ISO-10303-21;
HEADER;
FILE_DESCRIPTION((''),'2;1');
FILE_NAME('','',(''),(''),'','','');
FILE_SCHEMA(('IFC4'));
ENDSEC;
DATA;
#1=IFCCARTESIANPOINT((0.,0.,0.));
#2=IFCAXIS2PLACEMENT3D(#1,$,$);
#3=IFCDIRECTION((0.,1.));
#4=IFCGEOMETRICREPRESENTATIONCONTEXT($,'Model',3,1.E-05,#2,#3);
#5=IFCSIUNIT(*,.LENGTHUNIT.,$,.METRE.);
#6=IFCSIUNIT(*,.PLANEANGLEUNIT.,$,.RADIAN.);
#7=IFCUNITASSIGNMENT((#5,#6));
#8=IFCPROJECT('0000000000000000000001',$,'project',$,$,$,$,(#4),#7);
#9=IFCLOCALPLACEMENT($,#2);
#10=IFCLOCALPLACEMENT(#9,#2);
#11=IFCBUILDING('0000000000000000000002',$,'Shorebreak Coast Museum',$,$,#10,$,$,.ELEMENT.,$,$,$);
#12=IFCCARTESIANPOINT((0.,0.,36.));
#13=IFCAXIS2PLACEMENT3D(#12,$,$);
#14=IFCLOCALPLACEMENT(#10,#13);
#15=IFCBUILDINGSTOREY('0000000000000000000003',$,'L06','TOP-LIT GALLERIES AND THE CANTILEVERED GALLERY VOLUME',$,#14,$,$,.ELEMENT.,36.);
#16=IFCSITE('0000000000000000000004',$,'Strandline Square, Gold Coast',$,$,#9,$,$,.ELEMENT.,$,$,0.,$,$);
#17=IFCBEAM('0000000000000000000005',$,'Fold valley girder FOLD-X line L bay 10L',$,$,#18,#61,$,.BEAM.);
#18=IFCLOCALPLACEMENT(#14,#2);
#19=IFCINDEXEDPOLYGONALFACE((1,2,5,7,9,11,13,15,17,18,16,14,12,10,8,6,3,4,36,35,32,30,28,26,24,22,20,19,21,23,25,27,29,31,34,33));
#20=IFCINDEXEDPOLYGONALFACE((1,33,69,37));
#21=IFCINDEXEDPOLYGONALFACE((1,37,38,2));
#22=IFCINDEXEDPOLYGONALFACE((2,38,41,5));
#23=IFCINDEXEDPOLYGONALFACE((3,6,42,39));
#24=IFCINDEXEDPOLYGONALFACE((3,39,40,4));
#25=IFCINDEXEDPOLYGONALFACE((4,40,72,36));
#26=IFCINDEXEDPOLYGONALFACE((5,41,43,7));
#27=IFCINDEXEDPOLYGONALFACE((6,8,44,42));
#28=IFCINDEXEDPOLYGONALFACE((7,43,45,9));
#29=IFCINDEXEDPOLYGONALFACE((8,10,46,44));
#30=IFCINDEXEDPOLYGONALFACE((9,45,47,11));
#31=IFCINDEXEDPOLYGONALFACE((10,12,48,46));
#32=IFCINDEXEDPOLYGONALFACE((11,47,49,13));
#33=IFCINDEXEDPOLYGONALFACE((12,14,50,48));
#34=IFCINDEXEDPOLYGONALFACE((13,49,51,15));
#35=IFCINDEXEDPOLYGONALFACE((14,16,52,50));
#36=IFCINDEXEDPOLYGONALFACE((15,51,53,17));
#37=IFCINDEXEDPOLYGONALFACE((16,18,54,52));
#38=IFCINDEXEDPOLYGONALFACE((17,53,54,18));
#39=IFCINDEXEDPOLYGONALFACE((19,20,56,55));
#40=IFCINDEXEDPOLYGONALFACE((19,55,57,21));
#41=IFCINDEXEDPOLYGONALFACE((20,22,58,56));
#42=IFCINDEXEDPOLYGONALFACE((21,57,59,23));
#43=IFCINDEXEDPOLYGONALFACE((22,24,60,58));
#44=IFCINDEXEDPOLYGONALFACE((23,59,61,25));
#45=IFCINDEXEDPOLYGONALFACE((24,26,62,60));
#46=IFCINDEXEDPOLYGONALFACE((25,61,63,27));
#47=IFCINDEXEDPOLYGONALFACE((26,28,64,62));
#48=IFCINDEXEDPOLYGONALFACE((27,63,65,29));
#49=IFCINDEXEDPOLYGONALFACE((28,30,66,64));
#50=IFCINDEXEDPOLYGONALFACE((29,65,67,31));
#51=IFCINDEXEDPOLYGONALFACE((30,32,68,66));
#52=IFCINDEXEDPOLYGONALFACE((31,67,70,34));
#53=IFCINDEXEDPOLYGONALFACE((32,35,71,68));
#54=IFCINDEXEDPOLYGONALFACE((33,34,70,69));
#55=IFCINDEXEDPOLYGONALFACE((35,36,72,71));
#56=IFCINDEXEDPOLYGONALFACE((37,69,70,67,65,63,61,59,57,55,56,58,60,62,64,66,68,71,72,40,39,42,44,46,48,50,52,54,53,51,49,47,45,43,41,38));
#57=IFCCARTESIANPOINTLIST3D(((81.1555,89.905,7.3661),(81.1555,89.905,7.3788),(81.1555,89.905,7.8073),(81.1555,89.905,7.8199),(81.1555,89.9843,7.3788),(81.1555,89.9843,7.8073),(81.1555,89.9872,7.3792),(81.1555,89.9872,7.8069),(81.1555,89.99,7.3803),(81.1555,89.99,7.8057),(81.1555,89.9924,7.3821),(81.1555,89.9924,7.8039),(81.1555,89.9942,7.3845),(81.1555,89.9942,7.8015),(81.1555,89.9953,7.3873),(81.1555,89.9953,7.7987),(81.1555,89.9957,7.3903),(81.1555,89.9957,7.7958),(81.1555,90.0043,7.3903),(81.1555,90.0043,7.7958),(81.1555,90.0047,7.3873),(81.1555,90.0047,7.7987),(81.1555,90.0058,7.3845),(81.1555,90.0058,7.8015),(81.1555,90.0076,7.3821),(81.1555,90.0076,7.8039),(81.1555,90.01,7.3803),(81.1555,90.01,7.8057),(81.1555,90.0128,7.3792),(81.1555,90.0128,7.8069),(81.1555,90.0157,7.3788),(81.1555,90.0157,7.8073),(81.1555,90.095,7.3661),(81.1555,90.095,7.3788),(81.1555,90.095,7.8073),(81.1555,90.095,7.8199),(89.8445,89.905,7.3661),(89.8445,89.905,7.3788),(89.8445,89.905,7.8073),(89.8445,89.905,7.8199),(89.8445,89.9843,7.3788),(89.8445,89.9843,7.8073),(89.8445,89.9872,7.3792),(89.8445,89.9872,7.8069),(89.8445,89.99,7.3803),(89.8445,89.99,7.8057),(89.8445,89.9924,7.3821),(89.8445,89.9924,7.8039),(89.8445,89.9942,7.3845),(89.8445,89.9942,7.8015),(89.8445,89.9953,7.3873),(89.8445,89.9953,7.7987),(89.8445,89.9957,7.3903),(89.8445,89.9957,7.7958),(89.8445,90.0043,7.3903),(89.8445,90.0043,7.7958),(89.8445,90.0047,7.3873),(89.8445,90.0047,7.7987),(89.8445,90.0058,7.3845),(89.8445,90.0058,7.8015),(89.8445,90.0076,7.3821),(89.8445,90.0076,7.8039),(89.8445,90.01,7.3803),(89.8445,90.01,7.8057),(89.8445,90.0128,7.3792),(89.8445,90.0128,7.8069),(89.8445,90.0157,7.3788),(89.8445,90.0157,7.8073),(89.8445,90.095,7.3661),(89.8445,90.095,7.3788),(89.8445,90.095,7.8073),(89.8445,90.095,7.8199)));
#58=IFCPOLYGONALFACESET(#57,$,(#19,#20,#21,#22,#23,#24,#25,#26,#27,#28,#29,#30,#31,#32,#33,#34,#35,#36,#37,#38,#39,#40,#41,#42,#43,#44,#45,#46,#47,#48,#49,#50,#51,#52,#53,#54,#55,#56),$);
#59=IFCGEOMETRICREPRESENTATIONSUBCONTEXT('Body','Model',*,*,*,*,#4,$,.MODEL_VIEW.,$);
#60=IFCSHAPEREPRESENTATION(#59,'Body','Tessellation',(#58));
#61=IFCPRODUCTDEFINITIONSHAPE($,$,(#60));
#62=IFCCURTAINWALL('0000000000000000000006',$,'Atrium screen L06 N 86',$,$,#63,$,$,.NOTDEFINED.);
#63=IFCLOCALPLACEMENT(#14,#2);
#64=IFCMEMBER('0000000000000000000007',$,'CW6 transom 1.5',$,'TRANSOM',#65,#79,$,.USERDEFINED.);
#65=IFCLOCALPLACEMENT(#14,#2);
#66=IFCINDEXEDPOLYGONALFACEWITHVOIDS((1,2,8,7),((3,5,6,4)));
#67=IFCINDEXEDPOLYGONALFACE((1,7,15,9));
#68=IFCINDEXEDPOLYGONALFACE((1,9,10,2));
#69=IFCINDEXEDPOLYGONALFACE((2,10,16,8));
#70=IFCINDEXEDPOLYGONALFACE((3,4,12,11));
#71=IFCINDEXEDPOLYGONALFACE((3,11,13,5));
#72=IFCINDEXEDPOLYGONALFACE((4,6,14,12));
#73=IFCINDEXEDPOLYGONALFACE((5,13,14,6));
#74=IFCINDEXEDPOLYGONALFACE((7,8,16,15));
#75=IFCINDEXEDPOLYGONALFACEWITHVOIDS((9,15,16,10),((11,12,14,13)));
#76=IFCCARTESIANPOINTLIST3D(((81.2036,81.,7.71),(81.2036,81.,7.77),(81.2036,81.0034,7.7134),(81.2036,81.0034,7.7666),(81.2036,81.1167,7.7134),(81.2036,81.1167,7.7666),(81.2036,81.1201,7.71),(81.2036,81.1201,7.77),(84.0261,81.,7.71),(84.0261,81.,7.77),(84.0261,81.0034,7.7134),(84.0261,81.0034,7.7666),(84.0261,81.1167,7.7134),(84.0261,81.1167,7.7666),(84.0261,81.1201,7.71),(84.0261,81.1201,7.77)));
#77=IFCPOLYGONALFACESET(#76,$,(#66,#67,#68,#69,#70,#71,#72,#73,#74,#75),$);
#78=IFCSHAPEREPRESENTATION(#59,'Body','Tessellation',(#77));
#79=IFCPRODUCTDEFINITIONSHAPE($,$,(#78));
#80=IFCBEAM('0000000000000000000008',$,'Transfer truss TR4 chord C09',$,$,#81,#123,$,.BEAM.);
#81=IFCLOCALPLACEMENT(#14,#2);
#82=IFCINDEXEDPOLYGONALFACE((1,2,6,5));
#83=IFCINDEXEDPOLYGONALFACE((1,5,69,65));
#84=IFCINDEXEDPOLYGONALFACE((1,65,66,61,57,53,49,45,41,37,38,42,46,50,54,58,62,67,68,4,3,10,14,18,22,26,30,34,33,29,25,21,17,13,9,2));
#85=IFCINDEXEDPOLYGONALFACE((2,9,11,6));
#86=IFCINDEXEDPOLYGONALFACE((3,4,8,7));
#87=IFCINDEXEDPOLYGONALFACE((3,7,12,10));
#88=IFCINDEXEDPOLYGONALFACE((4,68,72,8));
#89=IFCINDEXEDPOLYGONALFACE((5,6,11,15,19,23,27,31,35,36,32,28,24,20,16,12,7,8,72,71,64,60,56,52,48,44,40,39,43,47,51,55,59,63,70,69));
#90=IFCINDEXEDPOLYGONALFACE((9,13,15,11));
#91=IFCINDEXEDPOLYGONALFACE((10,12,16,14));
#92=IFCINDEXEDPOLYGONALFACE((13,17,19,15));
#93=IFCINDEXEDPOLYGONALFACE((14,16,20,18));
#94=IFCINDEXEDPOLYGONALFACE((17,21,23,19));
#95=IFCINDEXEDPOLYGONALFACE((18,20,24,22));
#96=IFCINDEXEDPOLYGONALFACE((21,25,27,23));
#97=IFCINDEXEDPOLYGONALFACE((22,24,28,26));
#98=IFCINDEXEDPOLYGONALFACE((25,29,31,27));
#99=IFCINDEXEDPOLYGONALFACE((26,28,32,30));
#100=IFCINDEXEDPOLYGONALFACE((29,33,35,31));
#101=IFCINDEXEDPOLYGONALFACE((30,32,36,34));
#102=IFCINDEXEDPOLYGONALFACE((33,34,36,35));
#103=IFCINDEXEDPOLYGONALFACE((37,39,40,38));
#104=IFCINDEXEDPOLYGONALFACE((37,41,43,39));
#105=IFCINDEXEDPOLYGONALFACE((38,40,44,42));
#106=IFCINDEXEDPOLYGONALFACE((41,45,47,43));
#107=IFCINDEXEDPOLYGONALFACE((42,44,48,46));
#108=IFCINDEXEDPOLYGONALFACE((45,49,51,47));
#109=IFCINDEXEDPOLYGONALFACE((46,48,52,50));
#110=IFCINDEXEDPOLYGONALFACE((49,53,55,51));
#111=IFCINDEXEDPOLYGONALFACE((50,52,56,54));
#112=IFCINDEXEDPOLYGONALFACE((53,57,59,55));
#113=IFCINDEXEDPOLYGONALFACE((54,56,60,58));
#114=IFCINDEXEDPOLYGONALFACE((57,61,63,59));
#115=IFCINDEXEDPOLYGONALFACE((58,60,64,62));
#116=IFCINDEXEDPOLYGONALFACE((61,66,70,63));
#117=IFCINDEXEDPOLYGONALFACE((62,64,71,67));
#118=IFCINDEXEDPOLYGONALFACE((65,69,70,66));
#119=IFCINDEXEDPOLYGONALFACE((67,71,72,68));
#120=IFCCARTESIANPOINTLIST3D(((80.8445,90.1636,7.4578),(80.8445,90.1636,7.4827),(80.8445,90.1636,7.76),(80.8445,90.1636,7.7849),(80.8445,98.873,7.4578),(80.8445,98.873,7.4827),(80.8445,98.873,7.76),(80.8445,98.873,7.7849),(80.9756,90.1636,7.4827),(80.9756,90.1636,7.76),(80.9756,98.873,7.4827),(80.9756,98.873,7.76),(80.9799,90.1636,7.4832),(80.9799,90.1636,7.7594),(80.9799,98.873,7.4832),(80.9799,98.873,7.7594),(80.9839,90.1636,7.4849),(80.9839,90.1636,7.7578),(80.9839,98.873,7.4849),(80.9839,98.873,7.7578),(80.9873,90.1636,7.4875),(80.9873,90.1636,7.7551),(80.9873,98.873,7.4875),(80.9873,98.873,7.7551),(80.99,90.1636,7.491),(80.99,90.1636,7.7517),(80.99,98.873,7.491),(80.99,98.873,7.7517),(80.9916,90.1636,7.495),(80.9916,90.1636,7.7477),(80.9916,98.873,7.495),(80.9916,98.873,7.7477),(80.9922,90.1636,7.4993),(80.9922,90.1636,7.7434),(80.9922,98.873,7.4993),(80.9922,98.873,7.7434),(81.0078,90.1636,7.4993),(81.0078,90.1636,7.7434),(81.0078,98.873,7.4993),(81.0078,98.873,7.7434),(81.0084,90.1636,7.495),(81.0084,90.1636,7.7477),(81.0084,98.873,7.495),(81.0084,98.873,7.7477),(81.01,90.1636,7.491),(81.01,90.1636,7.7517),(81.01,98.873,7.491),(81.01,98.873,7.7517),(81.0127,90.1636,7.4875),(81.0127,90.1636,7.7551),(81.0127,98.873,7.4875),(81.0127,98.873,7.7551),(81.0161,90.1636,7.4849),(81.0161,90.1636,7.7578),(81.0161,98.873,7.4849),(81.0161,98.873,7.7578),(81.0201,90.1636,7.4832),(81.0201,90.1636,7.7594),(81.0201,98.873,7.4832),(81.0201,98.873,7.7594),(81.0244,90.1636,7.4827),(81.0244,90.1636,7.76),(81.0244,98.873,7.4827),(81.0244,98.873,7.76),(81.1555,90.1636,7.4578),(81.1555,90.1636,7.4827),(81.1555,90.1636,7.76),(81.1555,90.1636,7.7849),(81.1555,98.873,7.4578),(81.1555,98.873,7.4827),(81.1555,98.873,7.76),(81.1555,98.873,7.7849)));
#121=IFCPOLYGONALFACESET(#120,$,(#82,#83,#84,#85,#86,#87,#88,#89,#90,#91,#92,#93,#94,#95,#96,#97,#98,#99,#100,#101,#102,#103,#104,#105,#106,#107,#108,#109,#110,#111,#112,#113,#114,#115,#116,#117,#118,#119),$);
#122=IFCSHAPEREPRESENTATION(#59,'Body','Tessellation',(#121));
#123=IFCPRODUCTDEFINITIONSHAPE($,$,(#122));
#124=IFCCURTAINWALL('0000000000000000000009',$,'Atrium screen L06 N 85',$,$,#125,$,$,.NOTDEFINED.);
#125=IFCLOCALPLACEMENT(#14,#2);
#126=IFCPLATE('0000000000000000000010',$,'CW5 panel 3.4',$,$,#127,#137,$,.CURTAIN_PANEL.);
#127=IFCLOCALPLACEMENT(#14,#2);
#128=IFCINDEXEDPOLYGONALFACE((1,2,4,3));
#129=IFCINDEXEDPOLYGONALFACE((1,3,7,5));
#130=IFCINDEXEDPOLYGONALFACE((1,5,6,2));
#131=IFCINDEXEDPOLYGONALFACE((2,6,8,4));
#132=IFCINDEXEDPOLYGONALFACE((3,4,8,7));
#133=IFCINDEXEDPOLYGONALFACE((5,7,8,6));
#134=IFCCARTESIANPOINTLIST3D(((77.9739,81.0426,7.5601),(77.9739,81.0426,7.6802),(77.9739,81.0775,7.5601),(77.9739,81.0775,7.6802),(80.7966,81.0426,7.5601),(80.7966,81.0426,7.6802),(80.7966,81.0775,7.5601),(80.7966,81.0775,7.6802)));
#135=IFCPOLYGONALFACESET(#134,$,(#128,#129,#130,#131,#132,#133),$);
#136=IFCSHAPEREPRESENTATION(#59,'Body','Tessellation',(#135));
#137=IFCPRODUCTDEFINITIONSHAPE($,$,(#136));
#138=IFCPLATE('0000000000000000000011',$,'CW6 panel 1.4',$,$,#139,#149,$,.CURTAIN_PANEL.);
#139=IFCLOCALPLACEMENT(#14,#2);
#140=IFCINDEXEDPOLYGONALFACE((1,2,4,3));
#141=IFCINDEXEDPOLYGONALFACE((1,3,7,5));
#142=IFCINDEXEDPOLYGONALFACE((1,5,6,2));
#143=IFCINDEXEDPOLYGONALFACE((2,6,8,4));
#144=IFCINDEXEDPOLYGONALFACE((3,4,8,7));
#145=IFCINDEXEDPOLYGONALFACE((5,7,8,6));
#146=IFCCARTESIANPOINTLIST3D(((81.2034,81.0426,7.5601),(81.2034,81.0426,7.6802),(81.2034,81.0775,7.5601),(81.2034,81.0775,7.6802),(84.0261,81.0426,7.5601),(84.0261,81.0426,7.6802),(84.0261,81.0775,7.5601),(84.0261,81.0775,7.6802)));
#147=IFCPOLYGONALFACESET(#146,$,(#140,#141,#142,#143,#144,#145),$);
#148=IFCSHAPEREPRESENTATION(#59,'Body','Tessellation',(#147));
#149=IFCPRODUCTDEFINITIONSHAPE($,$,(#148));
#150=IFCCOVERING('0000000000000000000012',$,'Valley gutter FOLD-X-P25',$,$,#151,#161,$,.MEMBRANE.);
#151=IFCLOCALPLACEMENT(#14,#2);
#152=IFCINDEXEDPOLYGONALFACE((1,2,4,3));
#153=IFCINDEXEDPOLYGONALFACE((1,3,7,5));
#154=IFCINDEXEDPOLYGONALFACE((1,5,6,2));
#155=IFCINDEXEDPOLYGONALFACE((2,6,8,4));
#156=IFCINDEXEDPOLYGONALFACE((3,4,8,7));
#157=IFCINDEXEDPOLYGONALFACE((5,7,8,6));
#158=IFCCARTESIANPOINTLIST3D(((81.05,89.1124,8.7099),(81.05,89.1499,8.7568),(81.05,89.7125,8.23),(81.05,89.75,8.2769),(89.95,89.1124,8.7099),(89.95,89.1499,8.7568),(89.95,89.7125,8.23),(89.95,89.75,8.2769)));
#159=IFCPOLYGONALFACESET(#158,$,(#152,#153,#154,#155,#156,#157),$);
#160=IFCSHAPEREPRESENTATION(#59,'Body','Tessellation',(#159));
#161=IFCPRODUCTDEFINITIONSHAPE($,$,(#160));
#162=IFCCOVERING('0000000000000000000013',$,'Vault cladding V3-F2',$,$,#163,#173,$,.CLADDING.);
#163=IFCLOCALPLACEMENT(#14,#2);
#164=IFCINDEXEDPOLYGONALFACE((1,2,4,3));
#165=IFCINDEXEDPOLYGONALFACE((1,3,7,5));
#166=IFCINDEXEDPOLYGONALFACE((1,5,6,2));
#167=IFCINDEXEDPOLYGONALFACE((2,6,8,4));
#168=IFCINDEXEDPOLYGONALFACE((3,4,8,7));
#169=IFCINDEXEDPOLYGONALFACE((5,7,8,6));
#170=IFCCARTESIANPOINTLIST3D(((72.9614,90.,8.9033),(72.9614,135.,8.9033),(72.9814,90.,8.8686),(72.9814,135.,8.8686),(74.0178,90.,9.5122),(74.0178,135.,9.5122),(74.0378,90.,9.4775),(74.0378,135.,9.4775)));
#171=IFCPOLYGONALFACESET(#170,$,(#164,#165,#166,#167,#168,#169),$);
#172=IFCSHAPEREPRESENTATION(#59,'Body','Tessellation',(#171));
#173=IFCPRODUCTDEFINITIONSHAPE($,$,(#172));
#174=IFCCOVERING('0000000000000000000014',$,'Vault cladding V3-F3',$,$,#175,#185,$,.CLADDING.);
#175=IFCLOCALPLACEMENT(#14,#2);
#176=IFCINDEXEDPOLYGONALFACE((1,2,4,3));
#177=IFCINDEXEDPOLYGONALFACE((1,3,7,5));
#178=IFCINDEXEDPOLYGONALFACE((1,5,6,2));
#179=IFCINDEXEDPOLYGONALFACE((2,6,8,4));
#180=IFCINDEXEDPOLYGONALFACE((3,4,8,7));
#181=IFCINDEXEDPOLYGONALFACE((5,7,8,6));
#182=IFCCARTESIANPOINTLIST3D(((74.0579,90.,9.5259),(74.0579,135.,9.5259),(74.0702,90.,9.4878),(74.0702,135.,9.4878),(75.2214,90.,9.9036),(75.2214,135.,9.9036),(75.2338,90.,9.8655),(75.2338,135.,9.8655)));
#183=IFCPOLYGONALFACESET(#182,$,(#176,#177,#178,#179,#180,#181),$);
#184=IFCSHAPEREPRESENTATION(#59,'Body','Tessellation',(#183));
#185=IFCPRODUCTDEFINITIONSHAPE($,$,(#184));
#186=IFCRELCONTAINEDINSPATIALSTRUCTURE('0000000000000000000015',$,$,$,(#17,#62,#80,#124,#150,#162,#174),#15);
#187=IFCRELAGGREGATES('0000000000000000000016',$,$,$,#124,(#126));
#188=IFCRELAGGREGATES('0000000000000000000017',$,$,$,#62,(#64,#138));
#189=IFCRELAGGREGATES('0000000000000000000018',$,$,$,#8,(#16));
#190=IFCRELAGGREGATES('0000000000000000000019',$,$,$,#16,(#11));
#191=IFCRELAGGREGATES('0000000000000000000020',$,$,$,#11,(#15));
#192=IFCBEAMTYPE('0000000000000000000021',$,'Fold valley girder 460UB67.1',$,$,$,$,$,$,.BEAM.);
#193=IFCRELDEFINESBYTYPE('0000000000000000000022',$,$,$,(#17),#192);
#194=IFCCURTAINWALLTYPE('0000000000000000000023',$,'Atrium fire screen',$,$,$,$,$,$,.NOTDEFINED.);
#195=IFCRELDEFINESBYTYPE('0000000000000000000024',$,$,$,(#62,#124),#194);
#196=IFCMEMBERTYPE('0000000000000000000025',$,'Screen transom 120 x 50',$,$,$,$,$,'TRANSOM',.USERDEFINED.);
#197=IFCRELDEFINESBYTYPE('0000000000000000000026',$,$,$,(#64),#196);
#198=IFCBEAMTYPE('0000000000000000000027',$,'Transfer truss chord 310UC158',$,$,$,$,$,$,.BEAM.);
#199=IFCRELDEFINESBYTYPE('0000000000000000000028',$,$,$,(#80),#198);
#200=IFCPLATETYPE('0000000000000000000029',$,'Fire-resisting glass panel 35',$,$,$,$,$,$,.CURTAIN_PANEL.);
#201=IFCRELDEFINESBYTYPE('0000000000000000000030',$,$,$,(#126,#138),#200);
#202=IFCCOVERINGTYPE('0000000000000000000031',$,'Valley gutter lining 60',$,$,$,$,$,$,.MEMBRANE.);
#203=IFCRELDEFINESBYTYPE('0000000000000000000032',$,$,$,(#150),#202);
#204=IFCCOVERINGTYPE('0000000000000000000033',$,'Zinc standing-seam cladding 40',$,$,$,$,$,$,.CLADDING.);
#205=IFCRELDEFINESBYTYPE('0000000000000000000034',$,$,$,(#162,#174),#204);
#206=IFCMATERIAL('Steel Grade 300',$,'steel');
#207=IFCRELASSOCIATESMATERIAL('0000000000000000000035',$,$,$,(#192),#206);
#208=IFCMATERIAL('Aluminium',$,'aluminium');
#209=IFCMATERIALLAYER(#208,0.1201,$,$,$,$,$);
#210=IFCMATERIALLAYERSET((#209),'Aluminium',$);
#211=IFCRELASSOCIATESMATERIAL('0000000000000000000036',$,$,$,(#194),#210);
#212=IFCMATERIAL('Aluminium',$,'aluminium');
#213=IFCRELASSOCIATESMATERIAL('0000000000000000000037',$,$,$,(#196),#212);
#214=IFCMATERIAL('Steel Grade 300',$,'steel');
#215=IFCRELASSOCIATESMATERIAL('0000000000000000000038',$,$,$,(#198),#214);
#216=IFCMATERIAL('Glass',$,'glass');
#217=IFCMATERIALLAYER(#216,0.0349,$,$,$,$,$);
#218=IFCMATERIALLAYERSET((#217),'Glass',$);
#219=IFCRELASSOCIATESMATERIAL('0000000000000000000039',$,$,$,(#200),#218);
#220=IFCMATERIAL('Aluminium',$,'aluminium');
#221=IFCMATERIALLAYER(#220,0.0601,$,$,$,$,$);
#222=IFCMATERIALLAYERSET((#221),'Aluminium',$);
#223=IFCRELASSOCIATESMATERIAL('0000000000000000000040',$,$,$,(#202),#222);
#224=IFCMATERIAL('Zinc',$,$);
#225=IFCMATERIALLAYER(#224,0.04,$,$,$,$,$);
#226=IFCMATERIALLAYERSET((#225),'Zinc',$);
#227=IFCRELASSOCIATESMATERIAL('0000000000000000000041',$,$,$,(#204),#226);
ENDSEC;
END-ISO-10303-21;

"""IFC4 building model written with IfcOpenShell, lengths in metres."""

from ifc_helpers import new_model, si_unit, direction, frame, origin, origin_2d, place, context, subcontext, project, spatial, polyline, rectangle, hollow_rectangle, i_section, outline, extrude, material, layer, layer_set, material_profile, profile_set, type_object, element, aggregate, save


model = new_model("IFC4")

# Units and contexts
model_context = context("Model", 3, precision=1e-05, world=origin(), true_north=direction((0.0, 1.0)))
body_context = subcontext(model_context, "Body", "Model", "MODEL_VIEW")
ifc_project = project(units=[si_unit("LENGTHUNIT", "METRE"), si_unit("PLANEANGLEUNIT", "RADIAN")], contexts=[model_context])

# Site, building, storey
site_placement = place(None, origin())
site = spatial("IfcSite", under=ifc_project, at=site_placement, Name="Strandline Square, Gold Coast", CompositionType="ELEMENT", RefElevation=0.0)
building_placement = place(site_placement, origin())
building = spatial("IfcBuilding", under=site, at=building_placement, Name="Shorebreak Coast Museum", CompositionType="ELEMENT")
storey_placement = place(building_placement, frame((0.0, 0.0, 36.0)))
storey = spatial("IfcBuildingStorey", under=building, at=storey_placement, Name="L06", Description="TOP-LIT GALLERIES AND THE CANTILEVERED GALLERY VOLUME", CompositionType="ELEMENT", Elevation=36.0)

# Beam
ifc_material_1 = material(Name="Steel Grade 300", Category="steel")
ifc_material_profile_1 = material_profile(ifc_material_1, i_section(OverallWidth=0.1899, OverallDepth=0.4539, WebThickness=0.0085, FlangeThickness=0.0127, FilletRadius=0.0115, at=origin_2d()), Name="460UB67.1")
ifc_profile_set_1 = profile_set([ifc_material_profile_1], Name="Steel Grade 300")
beam_type_1 = type_object("IfcBeamType", Name="Fold valley girder 460UB67.1", PredefinedType="BEAM", material=ifc_profile_set_1)
beam_1_placement = place(storey_placement, frame((81.1555, 90.0, 7.593), z_axis=(1.0, 0.0, 0.0), x_axis=(0.0, 1.0, 0.0)))
element("IfcBeam", 1, at=beam_1_placement, inside=storey, type_object=beam_type_1, Name="Fold valley girder FOLD-X line L bay 10L", PredefinedType="BEAM", context=body_context, shape_type="SweptSolid", body=[
    extrude(i_section(OverallWidth=0.1899, OverallDepth=0.4539, WebThickness=0.0085, FlangeThickness=0.0127, FilletRadius=0.0115, at=origin_2d()), origin(), (0.0, 0.0, 1.0), 8.689),
])

# Curtain wall, member
ifc_material_2 = material(Name="Aluminium", Category="aluminium")
ifc_layer_1 = layer(ifc_material_2, 0.1201)
ifc_layer_set_1 = layer_set([ifc_layer_1], Name="Aluminium")
curtain_wall_type = type_object("IfcCurtainWallType", Name="Atrium fire screen", PredefinedType="NOTDEFINED", material=ifc_layer_set_1)
curtain_wall_1_placement = place(storey_placement, origin())
curtain_wall_1 = element("IfcCurtainWall", 2, at=curtain_wall_1_placement, inside=storey, type_object=curtain_wall_type, Name="Atrium screen L06 N 86", PredefinedType="NOTDEFINED")
ifc_material_3 = material(Name="Aluminium", Category="aluminium")
ifc_material_profile_2 = material_profile(ifc_material_3, hollow_rectangle(XDim=0.1201, YDim=0.0601, WallThickness=0.0034, at=origin_2d()), Name="AL 60x120 RHS")
ifc_profile_set_2 = profile_set([ifc_material_profile_2], Name="Aluminium")
member_type_1 = type_object("IfcMemberType", Name="Screen transom 120 x 50", ElementType="TRANSOM", PredefinedType="USERDEFINED", material=ifc_profile_set_2)
member_1_placement = place(storey_placement, frame((81.2036, 81.0601, 7.74), z_axis=(1.0, 0.0, 0.0), x_axis=(0.0, 1.0, 0.0)))
member_1 = element("IfcMember", 3, at=member_1_placement, type_object=member_type_1, Name="CW6 transom 1.5", ObjectType="TRANSOM", PredefinedType="USERDEFINED", context=body_context, shape_type="SweptSolid", body=[
    extrude(hollow_rectangle(XDim=0.1201, YDim=0.0601, WallThickness=0.0034, at=origin_2d()), origin(), (0.0, 0.0, 1.0), 2.8225),
])

# Beam
ifc_material_4 = material(Name="Steel Grade 300", Category="steel")
ifc_material_profile_3 = material_profile(ifc_material_4, i_section(OverallWidth=0.311, OverallDepth=0.3271, WebThickness=0.0156, FlangeThickness=0.0249, FilletRadius=0.0166, at=origin_2d()), Name="310UC158")
ifc_profile_set_3 = profile_set([ifc_material_profile_3], Name="Steel Grade 300")
beam_type_2 = type_object("IfcBeamType", Name="Transfer truss chord 310UC158", PredefinedType="BEAM", material=ifc_profile_set_3)
beam_2_placement = place(storey_placement, frame((81.0, 90.1636, 7.6213), z_axis=(0.0, 1.0, 0.0), x_axis=(-1.0, 0.0, 0.0)))
element("IfcBeam", 4, at=beam_2_placement, inside=storey, type_object=beam_type_2, Name="Transfer truss TR4 chord C09", PredefinedType="BEAM", context=body_context, shape_type="SweptSolid", body=[
    extrude(i_section(OverallWidth=0.311, OverallDepth=0.3271, WebThickness=0.0156, FlangeThickness=0.0249, FilletRadius=0.0166, at=origin_2d()), origin(), (0.0, 0.0, 1.0), 8.7095),
])

# Curtain wall, plate
curtain_wall_2_placement = place(storey_placement, origin())
curtain_wall_2 = element("IfcCurtainWall", 5, at=curtain_wall_2_placement, inside=storey, type_object=curtain_wall_type, Name="Atrium screen L06 N 85", PredefinedType="NOTDEFINED")
ifc_material_5 = material(Name="Glass", Category="glass")
ifc_layer_2 = layer(ifc_material_5, 0.0349)
ifc_layer_set_2 = layer_set([ifc_layer_2], Name="Glass")
plate_type = type_object("IfcPlateType", Name="Fire-resisting glass panel 35", PredefinedType="CURTAIN_PANEL", material=ifc_layer_set_2)
plate_1_placement = place(storey_placement, frame((79.3853, 81.0601, 7.5601), z_axis=(0.0, 0.0, 1.0), x_axis=(1.0, 0.0, 0.0)))
plate_1 = element("IfcPlate", 6, at=plate_1_placement, type_object=plate_type, Name="CW5 panel 3.4", PredefinedType="CURTAIN_PANEL", context=body_context, shape_type="SweptSolid", body=[
    extrude(rectangle(XDim=2.8228, YDim=0.0349, at=origin_2d()), origin(), (0.0, 0.0, 1.0), 0.1201),
])
aggregate(curtain_wall_2, [plate_1])

# Plate
plate_2_placement = place(storey_placement, frame((82.6147, 81.0601, 7.5601), z_axis=(0.0, 0.0, 1.0), x_axis=(1.0, 0.0, 0.0)))
plate_2 = element("IfcPlate", 7, at=plate_2_placement, type_object=plate_type, Name="CW6 panel 1.4", PredefinedType="CURTAIN_PANEL", context=body_context, shape_type="SweptSolid", body=[
    extrude(rectangle(XDim=2.8228, YDim=0.0349, at=origin_2d()), origin(), (0.0, 0.0, 1.0), 0.1201),
])
aggregate(curtain_wall_1, [member_1, plate_2])

# Coverings
ifc_material_6 = material(Name="Aluminium", Category="aluminium")
ifc_layer_3 = layer(ifc_material_6, 0.0601)
ifc_layer_set_3 = layer_set([ifc_layer_3], Name="Aluminium")
covering_type_1 = type_object("IfcCoveringType", Name="Valley gutter lining 60", PredefinedType="MEMBRANE", material=ifc_layer_set_3)
covering_1_placement = place(storey_placement, frame((81.05, 89.1499, 8.7568), z_axis=(0.0, 0.624618, 0.780931), x_axis=(1.0, 0.0, 0.0)))
element("IfcCovering", 8, at=covering_1_placement, inside=storey, type_object=covering_type_1, Name="Valley gutter FOLD-X-P25", PredefinedType="MEMBRANE", context=body_context, shape_type="SweptSolid", body=[
    extrude(outline(polyline([(0.0, 0.0), (8.8999, 0.0), (8.8999, 0.7684), (0.0, 0.7684), (0.0, 0.0)])), origin(), (0.0, 0.0, -1.0), 0.0601),
])
ifc_material_7 = material(Name="Zinc")
ifc_layer_4 = layer(ifc_material_7, 0.04)
ifc_layer_set_4 = layer_set([ifc_layer_4], Name="Zinc")
covering_type_2 = type_object("IfcCoveringType", Name="Zinc standing-seam cladding 40", PredefinedType="CLADDING", material=ifc_layer_set_4)
covering_2_placement = place(storey_placement, frame((72.9614, 90.0, 8.9033), z_axis=(-0.49937, 0.0, 0.866389), x_axis=(0.866389, 0.0, 0.49937)))
element("IfcCovering", 9, at=covering_2_placement, inside=storey, type_object=covering_type_2, Name="Vault cladding V3-F2", PredefinedType="CLADDING", context=body_context, shape_type="SweptSolid", body=[
    extrude(outline(polyline([(0.0, 0.0), (1.2193, 0.0), (1.2193, 45.0), (0.0, 45.0), (0.0, 0.0)])), origin(), (0.0, 0.0, -1.0), 0.04),
])
covering_3_placement = place(storey_placement, frame((74.0579, 90.0, 9.5259), z_axis=(-0.308734, 0.0, 0.951148), x_axis=(0.951148, 0.0, 0.308734)))
element("IfcCovering", 10, at=covering_3_placement, inside=storey, type_object=covering_type_2, Name="Vault cladding V3-F3", PredefinedType="CLADDING", context=body_context, shape_type="SweptSolid", body=[
    extrude(outline(polyline([(0.0, 0.0), (1.2233, 0.0), (1.2233, 45.0), (0.0, 45.0), (0.0, 0.0)])), origin(), (0.0, 0.0, -1.0), 0.04),
])

save(model, "model.ifc")
